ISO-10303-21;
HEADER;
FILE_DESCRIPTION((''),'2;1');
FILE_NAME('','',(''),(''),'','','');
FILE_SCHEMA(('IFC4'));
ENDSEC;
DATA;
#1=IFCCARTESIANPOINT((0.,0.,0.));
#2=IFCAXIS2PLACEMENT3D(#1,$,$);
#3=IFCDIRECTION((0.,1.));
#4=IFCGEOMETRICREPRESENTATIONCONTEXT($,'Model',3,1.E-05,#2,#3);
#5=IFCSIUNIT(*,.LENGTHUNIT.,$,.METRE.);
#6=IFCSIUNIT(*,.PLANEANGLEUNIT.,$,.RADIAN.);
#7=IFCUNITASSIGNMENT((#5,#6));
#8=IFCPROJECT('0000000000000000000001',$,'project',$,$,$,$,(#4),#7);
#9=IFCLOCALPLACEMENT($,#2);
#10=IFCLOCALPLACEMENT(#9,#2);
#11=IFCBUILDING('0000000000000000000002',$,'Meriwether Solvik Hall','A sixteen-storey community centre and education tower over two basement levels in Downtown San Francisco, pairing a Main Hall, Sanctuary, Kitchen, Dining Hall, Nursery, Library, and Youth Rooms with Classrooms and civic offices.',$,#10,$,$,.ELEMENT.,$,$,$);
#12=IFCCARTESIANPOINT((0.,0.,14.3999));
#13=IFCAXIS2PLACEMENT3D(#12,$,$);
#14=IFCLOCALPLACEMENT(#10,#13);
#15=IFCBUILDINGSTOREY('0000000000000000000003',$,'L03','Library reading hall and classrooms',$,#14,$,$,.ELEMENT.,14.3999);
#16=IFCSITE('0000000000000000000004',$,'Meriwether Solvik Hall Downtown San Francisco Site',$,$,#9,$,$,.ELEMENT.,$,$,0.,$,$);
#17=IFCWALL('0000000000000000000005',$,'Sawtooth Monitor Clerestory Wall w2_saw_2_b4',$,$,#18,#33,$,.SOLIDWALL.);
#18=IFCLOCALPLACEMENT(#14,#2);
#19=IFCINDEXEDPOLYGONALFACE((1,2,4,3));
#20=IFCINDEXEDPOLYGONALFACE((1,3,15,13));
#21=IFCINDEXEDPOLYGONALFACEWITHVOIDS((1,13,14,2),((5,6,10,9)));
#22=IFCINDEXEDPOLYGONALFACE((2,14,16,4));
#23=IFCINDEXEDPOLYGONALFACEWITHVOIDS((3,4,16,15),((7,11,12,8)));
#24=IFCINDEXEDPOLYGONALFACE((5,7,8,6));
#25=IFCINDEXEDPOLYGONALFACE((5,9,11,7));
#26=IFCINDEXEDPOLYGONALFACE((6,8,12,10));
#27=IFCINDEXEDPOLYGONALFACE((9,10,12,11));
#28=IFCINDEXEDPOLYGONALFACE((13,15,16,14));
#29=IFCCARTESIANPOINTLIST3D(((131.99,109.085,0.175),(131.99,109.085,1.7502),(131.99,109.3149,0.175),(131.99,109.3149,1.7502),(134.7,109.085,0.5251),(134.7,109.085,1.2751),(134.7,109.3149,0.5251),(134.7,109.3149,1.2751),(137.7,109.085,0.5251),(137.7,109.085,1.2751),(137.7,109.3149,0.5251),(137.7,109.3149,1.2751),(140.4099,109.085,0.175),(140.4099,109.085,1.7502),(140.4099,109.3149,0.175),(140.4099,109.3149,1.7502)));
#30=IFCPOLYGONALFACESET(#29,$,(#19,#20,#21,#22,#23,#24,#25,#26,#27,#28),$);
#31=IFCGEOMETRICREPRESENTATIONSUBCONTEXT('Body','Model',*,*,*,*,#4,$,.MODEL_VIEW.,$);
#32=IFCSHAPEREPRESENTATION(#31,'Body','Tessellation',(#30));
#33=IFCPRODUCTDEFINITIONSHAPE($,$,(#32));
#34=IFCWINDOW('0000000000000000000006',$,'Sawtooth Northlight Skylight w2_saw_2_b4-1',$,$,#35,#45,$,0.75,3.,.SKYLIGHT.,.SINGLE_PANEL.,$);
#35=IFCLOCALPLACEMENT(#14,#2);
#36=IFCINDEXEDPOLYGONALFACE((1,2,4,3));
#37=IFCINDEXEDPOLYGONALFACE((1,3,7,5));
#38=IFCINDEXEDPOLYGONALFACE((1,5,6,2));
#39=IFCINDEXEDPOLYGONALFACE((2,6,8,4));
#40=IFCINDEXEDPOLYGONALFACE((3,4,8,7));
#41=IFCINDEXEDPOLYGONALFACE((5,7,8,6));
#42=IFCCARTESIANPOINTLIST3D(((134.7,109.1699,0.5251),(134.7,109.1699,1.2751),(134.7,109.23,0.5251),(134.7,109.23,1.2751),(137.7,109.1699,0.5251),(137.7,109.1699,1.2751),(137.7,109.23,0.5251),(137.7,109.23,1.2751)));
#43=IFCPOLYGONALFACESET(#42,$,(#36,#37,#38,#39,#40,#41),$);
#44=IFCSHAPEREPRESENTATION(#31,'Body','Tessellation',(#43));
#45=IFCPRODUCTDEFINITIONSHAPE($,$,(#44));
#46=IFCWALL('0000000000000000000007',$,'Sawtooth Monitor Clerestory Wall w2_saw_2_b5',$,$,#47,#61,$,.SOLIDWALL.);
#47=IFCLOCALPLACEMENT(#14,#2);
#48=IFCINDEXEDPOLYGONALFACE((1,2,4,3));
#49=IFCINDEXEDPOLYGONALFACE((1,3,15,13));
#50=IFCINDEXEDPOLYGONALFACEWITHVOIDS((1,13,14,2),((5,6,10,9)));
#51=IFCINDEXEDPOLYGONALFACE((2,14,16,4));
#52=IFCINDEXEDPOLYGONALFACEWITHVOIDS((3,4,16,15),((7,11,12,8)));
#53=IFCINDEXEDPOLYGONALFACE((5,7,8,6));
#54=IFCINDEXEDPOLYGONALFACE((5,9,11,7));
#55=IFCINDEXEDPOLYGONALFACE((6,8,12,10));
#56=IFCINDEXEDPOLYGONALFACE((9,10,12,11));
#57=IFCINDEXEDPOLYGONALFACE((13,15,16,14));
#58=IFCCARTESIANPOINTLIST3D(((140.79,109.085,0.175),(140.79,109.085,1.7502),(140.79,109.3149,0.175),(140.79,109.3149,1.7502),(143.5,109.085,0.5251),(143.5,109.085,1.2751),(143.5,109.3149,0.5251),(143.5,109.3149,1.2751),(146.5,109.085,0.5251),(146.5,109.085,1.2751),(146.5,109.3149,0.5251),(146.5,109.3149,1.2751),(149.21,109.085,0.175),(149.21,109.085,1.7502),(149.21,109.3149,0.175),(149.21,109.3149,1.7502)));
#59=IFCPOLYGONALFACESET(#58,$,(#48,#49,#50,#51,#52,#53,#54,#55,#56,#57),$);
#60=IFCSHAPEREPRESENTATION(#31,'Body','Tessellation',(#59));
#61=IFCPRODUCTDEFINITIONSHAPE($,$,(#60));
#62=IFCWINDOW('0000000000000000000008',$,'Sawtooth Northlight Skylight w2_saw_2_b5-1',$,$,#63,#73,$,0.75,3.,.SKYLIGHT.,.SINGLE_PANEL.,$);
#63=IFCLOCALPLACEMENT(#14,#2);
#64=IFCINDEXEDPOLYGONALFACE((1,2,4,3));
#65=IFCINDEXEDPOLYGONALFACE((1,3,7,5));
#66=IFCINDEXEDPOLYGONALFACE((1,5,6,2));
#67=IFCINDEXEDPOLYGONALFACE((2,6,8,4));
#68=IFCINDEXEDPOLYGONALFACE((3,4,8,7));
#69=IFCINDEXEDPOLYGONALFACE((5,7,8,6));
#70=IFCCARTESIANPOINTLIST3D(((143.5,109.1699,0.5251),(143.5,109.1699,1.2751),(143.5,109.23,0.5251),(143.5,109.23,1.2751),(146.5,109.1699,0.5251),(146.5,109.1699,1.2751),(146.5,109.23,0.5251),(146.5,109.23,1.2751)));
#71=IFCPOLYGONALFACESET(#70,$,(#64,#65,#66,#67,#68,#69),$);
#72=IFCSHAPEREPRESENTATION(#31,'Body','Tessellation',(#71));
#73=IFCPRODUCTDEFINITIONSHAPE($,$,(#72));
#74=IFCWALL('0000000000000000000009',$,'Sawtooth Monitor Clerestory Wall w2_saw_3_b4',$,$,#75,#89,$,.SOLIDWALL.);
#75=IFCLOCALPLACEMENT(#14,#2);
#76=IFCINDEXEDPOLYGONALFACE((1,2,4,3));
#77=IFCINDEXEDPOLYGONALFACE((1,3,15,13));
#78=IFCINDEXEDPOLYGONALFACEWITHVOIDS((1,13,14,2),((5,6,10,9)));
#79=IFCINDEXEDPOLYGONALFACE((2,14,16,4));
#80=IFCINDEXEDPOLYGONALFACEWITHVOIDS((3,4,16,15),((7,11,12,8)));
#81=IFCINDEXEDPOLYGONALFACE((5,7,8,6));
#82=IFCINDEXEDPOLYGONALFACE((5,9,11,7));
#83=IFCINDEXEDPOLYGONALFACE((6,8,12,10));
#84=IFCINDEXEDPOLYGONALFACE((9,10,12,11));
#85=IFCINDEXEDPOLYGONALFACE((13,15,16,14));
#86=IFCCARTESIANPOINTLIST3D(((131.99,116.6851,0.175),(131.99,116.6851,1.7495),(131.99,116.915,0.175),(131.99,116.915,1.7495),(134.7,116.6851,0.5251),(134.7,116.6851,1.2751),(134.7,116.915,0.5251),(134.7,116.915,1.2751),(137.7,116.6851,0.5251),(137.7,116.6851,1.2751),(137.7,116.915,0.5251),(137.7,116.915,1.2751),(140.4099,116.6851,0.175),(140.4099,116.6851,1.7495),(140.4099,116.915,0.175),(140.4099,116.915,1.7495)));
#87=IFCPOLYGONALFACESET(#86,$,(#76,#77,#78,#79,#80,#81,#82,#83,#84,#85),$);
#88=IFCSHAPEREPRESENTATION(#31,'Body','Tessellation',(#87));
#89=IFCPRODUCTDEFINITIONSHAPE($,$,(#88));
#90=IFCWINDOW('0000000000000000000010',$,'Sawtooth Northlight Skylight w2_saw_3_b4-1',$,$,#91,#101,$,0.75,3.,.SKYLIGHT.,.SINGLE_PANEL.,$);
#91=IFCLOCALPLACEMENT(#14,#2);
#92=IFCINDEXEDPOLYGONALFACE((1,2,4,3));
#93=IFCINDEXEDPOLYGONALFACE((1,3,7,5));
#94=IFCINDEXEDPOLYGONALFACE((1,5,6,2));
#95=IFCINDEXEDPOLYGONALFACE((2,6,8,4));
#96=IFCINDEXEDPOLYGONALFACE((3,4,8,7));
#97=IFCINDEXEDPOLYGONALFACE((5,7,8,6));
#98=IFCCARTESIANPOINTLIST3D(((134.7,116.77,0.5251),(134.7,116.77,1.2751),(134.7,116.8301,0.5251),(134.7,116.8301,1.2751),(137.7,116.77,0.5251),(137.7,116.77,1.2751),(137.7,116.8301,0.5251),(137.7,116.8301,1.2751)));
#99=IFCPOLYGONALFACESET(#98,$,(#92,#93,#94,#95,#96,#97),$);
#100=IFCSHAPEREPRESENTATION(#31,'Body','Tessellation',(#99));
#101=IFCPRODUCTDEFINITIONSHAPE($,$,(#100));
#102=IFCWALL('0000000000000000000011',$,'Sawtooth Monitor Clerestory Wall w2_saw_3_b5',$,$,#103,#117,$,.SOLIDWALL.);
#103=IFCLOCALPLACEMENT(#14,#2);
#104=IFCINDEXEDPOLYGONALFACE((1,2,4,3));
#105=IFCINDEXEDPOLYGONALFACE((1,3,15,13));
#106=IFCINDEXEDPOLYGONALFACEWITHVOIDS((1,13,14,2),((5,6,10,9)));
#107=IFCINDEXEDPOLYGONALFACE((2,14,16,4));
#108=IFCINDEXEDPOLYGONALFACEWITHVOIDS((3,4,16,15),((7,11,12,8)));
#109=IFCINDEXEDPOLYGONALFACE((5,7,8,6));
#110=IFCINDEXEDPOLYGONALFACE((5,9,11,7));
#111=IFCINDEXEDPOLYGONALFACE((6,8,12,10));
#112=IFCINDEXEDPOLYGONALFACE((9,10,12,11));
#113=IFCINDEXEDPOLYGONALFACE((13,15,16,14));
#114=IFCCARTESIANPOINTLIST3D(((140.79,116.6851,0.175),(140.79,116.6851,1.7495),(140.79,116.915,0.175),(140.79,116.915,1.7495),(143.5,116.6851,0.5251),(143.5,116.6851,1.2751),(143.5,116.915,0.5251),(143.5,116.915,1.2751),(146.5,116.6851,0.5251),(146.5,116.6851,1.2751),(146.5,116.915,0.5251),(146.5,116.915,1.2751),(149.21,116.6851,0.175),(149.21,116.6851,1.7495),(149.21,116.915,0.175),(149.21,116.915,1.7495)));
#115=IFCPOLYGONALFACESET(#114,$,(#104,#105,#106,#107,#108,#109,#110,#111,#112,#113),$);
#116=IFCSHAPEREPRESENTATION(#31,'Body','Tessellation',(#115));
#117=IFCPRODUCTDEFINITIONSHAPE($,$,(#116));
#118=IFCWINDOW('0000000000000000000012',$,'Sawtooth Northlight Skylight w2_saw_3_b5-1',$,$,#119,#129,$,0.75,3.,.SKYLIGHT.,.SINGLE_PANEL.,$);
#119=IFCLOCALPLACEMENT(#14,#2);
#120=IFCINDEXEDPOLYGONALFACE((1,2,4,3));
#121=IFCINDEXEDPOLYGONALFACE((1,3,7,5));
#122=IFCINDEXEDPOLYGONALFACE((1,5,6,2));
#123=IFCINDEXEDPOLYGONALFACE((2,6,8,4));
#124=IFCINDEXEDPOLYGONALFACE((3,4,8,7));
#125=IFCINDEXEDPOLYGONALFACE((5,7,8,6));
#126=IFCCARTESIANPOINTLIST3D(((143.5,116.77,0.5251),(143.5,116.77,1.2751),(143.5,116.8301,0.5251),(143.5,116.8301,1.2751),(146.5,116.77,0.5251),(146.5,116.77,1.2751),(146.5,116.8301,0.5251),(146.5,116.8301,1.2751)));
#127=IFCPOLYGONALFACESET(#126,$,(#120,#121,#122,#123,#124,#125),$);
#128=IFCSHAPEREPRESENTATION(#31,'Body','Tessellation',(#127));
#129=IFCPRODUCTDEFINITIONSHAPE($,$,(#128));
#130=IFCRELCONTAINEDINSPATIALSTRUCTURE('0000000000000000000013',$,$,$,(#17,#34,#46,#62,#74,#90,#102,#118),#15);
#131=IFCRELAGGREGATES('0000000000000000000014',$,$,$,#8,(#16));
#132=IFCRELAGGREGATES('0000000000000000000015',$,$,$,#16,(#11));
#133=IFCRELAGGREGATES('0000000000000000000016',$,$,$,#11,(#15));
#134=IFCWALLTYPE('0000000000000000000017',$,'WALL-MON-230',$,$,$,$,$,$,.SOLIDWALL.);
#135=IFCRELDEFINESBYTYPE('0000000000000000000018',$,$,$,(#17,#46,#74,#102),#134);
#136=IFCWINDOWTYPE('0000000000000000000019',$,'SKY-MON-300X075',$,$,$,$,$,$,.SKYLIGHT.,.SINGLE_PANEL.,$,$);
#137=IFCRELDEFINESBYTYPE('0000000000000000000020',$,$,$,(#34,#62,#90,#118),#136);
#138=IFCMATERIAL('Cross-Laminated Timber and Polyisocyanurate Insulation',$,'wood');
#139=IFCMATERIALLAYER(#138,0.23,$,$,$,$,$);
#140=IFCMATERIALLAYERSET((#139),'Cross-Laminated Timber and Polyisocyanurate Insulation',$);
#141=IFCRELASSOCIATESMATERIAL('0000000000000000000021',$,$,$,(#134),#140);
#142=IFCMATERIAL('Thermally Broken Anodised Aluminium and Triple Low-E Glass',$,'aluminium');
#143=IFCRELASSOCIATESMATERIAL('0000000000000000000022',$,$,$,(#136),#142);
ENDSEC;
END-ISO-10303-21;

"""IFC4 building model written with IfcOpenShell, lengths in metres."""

from ifc_helpers import new_model, si_unit, direction, frame, frame_2d, origin, place, context, subcontext, project, spatial, rectangle, extrude, material, layer, layer_set, type_object, element, fill, save


model = new_model("IFC4")

# Units and contexts
model_context = context("Model", 3, precision=1e-05, world=origin(), true_north=direction((0.0, 1.0)))
body_context = subcontext(model_context, "Body", "Model", "MODEL_VIEW")
ifc_project = project(units=[si_unit("LENGTHUNIT", "METRE"), si_unit("PLANEANGLEUNIT", "RADIAN")], contexts=[model_context])

# Site, building, storey
site_placement = place(None, origin())
site = spatial("IfcSite", under=ifc_project, at=site_placement, Name="Meriwether Solvik Hall Downtown San Francisco Site", CompositionType="ELEMENT", RefElevation=0.0)
building_placement = place(site_placement, origin())
building = spatial("IfcBuilding", under=site, at=building_placement, Name="Meriwether Solvik Hall", Description="A sixteen-storey community centre and education tower over two basement levels in Downtown San Francisco, pairing a Main Hall, Sanctuary, Kitchen, Dining Hall, Nursery, Library, and Youth Rooms with Classrooms and civic offices.", CompositionType="ELEMENT")
storey_placement = place(building_placement, frame((0.0, 0.0, 14.3999)))
storey = spatial("IfcBuildingStorey", under=building, at=storey_placement, Name="L03", Description="Library reading hall and classrooms", CompositionType="ELEMENT", Elevation=14.3999)

# Walls, openings, windows
ifc_material_1 = material(Name="Cross-Laminated Timber and Polyisocyanurate Insulation", Category="wood")
ifc_layer = layer(ifc_material_1, 0.23)
ifc_layer_set = layer_set([ifc_layer], Name="Cross-Laminated Timber and Polyisocyanurate Insulation")
wall_type = type_object("IfcWallType", Name="WALL-MON-230", PredefinedType="SOLIDWALL", material=ifc_layer_set)
wall_1_placement = place(storey_placement, frame((140.4099, 109.2, 0.175), z_axis=(0.0, 0.0, 1.0), x_axis=(-1.0, 0.0, 0.0)))
wall_1 = element("IfcWall", 1, at=wall_1_placement, inside=storey, type_object=wall_type, Name="Sawtooth Monitor Clerestory Wall w2_saw_2_b4", PredefinedType="SOLIDWALL", context=body_context, shape_type="SweptSolid", body=[
    extrude(rectangle(XDim=8.4199, YDim=0.23, at=frame_2d((4.21, 0.0))), origin(), (0.0, 0.0, 1.0), 1.5752),
])
opening_1_placement = place(wall_1_placement, frame((2.71, 0.0, 0.3501)))
opening_1 = element("IfcOpeningElement", 2, at=opening_1_placement, cuts=wall_1, PredefinedType="OPENING", context=body_context, shape_type="SweptSolid", body=[
    extrude(rectangle(XDim=3.0, YDim=0.75, at=frame_2d((1.5, 0.375))), frame((0.0, 0.127, 0.0), z_axis=(0.0, -1.0, 0.0), x_axis=(1.0, 0.0, 0.0)), (0.0, 0.0, 1.0), 0.2539),
])
ifc_material_2 = material(Name="Thermally Broken Anodised Aluminium and Triple Low-E Glass", Category="aluminium")
window_type = type_object("IfcWindowType", Name="SKY-MON-300X075", PartitioningType="SINGLE_PANEL", PredefinedType="SKYLIGHT", material=ifc_material_2)
window_1_placement = place(opening_1_placement, origin())
window_1 = element("IfcWindow", 3, at=window_1_placement, inside=storey, type_object=window_type, Name="Sawtooth Northlight Skylight w2_saw_2_b4-1", OverallHeight=0.75, OverallWidth=3.0, PartitioningType="SINGLE_PANEL", PredefinedType="SKYLIGHT", context=body_context, shape_type="SweptSolid", body=[
    extrude(rectangle(XDim=3.0, YDim=0.75, at=frame_2d((1.5, 0.375))), frame((0.0, 0.03, 0.0), z_axis=(0.0, -1.0, 0.0), x_axis=(1.0, 0.0, 0.0)), (0.0, 0.0, 1.0), 0.0601),
])
fill(opening_1, window_1)
wall_2_placement = place(storey_placement, frame((149.21, 109.2, 0.175), z_axis=(0.0, 0.0, 1.0), x_axis=(-1.0, 0.0, 0.0)))
wall_2 = element("IfcWall", 4, at=wall_2_placement, inside=storey, type_object=wall_type, Name="Sawtooth Monitor Clerestory Wall w2_saw_2_b5", PredefinedType="SOLIDWALL", context=body_context, shape_type="SweptSolid", body=[
    extrude(rectangle(XDim=8.4199, YDim=0.23, at=frame_2d((4.21, 0.0))), origin(), (0.0, 0.0, 1.0), 1.5752),
])
opening_2_placement = place(wall_2_placement, frame((2.71, 0.0, 0.3501)))
opening_2 = element("IfcOpeningElement", 5, at=opening_2_placement, cuts=wall_2, PredefinedType="OPENING", context=body_context, shape_type="SweptSolid", body=[
    extrude(rectangle(XDim=3.0, YDim=0.75, at=frame_2d((1.5, 0.375))), frame((0.0, 0.127, 0.0), z_axis=(0.0, -1.0, 0.0), x_axis=(1.0, 0.0, 0.0)), (0.0, 0.0, 1.0), 0.2539),
])
window_2_placement = place(opening_2_placement, origin())
window_2 = element("IfcWindow", 6, at=window_2_placement, inside=storey, type_object=window_type, Name="Sawtooth Northlight Skylight w2_saw_2_b5-1", OverallHeight=0.75, OverallWidth=3.0, PartitioningType="SINGLE_PANEL", PredefinedType="SKYLIGHT", context=body_context, shape_type="SweptSolid", body=[
    extrude(rectangle(XDim=3.0, YDim=0.75, at=frame_2d((1.5, 0.375))), frame((0.0, 0.03, 0.0), z_axis=(0.0, -1.0, 0.0), x_axis=(1.0, 0.0, 0.0)), (0.0, 0.0, 1.0), 0.0601),
])
fill(opening_2, window_2)
wall_3_placement = place(storey_placement, frame((140.4099, 116.8, 0.175), z_axis=(0.0, 0.0, 1.0), x_axis=(-1.0, 0.0, 0.0)))
wall_3 = element("IfcWall", 7, at=wall_3_placement, inside=storey, type_object=wall_type, Name="Sawtooth Monitor Clerestory Wall w2_saw_3_b4", PredefinedType="SOLIDWALL", context=body_context, shape_type="SweptSolid", body=[
    extrude(rectangle(XDim=8.4199, YDim=0.23, at=frame_2d((4.21, 0.0))), origin(), (0.0, 0.0, 1.0), 1.5745),
])
opening_3_placement = place(wall_3_placement, frame((2.71, 0.0, 0.3501)))
opening_3 = element("IfcOpeningElement", 8, at=opening_3_placement, cuts=wall_3, PredefinedType="OPENING", context=body_context, shape_type="SweptSolid", body=[
    extrude(rectangle(XDim=3.0, YDim=0.75, at=frame_2d((1.5, 0.375))), frame((0.0, 0.127, 0.0), z_axis=(0.0, -1.0, 0.0), x_axis=(1.0, 0.0, 0.0)), (0.0, 0.0, 1.0), 0.2539),
])
window_3_placement = place(opening_3_placement, origin())
window_3 = element("IfcWindow", 9, at=window_3_placement, inside=storey, type_object=window_type, Name="Sawtooth Northlight Skylight w2_saw_3_b4-1", OverallHeight=0.75, OverallWidth=3.0, PartitioningType="SINGLE_PANEL", PredefinedType="SKYLIGHT", context=body_context, shape_type="SweptSolid", body=[
    extrude(rectangle(XDim=3.0, YDim=0.75, at=frame_2d((1.5, 0.375))), frame((0.0, 0.03, 0.0), z_axis=(0.0, -1.0, 0.0), x_axis=(1.0, 0.0, 0.0)), (0.0, 0.0, 1.0), 0.0601),
])
fill(opening_3, window_3)
wall_4_placement = place(storey_placement, frame((149.21, 116.8, 0.175), z_axis=(0.0, 0.0, 1.0), x_axis=(-1.0, 0.0, 0.0)))
wall_4 = element("IfcWall", 10, at=wall_4_placement, inside=storey, type_object=wall_type, Name="Sawtooth Monitor Clerestory Wall w2_saw_3_b5", PredefinedType="SOLIDWALL", context=body_context, shape_type="SweptSolid", body=[
    extrude(rectangle(XDim=8.4199, YDim=0.23, at=frame_2d((4.21, 0.0))), origin(), (0.0, 0.0, 1.0), 1.5745),
])
opening_4_placement = place(wall_4_placement, frame((2.71, 0.0, 0.3501)))
opening_4 = element("IfcOpeningElement", 11, at=opening_4_placement, cuts=wall_4, PredefinedType="OPENING", context=body_context, shape_type="SweptSolid", body=[
    extrude(rectangle(XDim=3.0, YDim=0.75, at=frame_2d((1.5, 0.375))), frame((0.0, 0.127, 0.0), z_axis=(0.0, -1.0, 0.0), x_axis=(1.0, 0.0, 0.0)), (0.0, 0.0, 1.0), 0.2539),
])
window_4_placement = place(opening_4_placement, origin())
window_4 = element("IfcWindow", 12, at=window_4_placement, inside=storey, type_object=window_type, Name="Sawtooth Northlight Skylight w2_saw_3_b5-1", OverallHeight=0.75, OverallWidth=3.0, PartitioningType="SINGLE_PANEL", PredefinedType="SKYLIGHT", context=body_context, shape_type="SweptSolid", body=[
    extrude(rectangle(XDim=3.0, YDim=0.75, at=frame_2d((1.5, 0.375))), frame((0.0, 0.03, 0.0), z_axis=(0.0, -1.0, 0.0), x_axis=(1.0, 0.0, 0.0)), (0.0, 0.0, 1.0), 0.0601),
])
fill(opening_4, window_4)

save(model, "model.ifc")
